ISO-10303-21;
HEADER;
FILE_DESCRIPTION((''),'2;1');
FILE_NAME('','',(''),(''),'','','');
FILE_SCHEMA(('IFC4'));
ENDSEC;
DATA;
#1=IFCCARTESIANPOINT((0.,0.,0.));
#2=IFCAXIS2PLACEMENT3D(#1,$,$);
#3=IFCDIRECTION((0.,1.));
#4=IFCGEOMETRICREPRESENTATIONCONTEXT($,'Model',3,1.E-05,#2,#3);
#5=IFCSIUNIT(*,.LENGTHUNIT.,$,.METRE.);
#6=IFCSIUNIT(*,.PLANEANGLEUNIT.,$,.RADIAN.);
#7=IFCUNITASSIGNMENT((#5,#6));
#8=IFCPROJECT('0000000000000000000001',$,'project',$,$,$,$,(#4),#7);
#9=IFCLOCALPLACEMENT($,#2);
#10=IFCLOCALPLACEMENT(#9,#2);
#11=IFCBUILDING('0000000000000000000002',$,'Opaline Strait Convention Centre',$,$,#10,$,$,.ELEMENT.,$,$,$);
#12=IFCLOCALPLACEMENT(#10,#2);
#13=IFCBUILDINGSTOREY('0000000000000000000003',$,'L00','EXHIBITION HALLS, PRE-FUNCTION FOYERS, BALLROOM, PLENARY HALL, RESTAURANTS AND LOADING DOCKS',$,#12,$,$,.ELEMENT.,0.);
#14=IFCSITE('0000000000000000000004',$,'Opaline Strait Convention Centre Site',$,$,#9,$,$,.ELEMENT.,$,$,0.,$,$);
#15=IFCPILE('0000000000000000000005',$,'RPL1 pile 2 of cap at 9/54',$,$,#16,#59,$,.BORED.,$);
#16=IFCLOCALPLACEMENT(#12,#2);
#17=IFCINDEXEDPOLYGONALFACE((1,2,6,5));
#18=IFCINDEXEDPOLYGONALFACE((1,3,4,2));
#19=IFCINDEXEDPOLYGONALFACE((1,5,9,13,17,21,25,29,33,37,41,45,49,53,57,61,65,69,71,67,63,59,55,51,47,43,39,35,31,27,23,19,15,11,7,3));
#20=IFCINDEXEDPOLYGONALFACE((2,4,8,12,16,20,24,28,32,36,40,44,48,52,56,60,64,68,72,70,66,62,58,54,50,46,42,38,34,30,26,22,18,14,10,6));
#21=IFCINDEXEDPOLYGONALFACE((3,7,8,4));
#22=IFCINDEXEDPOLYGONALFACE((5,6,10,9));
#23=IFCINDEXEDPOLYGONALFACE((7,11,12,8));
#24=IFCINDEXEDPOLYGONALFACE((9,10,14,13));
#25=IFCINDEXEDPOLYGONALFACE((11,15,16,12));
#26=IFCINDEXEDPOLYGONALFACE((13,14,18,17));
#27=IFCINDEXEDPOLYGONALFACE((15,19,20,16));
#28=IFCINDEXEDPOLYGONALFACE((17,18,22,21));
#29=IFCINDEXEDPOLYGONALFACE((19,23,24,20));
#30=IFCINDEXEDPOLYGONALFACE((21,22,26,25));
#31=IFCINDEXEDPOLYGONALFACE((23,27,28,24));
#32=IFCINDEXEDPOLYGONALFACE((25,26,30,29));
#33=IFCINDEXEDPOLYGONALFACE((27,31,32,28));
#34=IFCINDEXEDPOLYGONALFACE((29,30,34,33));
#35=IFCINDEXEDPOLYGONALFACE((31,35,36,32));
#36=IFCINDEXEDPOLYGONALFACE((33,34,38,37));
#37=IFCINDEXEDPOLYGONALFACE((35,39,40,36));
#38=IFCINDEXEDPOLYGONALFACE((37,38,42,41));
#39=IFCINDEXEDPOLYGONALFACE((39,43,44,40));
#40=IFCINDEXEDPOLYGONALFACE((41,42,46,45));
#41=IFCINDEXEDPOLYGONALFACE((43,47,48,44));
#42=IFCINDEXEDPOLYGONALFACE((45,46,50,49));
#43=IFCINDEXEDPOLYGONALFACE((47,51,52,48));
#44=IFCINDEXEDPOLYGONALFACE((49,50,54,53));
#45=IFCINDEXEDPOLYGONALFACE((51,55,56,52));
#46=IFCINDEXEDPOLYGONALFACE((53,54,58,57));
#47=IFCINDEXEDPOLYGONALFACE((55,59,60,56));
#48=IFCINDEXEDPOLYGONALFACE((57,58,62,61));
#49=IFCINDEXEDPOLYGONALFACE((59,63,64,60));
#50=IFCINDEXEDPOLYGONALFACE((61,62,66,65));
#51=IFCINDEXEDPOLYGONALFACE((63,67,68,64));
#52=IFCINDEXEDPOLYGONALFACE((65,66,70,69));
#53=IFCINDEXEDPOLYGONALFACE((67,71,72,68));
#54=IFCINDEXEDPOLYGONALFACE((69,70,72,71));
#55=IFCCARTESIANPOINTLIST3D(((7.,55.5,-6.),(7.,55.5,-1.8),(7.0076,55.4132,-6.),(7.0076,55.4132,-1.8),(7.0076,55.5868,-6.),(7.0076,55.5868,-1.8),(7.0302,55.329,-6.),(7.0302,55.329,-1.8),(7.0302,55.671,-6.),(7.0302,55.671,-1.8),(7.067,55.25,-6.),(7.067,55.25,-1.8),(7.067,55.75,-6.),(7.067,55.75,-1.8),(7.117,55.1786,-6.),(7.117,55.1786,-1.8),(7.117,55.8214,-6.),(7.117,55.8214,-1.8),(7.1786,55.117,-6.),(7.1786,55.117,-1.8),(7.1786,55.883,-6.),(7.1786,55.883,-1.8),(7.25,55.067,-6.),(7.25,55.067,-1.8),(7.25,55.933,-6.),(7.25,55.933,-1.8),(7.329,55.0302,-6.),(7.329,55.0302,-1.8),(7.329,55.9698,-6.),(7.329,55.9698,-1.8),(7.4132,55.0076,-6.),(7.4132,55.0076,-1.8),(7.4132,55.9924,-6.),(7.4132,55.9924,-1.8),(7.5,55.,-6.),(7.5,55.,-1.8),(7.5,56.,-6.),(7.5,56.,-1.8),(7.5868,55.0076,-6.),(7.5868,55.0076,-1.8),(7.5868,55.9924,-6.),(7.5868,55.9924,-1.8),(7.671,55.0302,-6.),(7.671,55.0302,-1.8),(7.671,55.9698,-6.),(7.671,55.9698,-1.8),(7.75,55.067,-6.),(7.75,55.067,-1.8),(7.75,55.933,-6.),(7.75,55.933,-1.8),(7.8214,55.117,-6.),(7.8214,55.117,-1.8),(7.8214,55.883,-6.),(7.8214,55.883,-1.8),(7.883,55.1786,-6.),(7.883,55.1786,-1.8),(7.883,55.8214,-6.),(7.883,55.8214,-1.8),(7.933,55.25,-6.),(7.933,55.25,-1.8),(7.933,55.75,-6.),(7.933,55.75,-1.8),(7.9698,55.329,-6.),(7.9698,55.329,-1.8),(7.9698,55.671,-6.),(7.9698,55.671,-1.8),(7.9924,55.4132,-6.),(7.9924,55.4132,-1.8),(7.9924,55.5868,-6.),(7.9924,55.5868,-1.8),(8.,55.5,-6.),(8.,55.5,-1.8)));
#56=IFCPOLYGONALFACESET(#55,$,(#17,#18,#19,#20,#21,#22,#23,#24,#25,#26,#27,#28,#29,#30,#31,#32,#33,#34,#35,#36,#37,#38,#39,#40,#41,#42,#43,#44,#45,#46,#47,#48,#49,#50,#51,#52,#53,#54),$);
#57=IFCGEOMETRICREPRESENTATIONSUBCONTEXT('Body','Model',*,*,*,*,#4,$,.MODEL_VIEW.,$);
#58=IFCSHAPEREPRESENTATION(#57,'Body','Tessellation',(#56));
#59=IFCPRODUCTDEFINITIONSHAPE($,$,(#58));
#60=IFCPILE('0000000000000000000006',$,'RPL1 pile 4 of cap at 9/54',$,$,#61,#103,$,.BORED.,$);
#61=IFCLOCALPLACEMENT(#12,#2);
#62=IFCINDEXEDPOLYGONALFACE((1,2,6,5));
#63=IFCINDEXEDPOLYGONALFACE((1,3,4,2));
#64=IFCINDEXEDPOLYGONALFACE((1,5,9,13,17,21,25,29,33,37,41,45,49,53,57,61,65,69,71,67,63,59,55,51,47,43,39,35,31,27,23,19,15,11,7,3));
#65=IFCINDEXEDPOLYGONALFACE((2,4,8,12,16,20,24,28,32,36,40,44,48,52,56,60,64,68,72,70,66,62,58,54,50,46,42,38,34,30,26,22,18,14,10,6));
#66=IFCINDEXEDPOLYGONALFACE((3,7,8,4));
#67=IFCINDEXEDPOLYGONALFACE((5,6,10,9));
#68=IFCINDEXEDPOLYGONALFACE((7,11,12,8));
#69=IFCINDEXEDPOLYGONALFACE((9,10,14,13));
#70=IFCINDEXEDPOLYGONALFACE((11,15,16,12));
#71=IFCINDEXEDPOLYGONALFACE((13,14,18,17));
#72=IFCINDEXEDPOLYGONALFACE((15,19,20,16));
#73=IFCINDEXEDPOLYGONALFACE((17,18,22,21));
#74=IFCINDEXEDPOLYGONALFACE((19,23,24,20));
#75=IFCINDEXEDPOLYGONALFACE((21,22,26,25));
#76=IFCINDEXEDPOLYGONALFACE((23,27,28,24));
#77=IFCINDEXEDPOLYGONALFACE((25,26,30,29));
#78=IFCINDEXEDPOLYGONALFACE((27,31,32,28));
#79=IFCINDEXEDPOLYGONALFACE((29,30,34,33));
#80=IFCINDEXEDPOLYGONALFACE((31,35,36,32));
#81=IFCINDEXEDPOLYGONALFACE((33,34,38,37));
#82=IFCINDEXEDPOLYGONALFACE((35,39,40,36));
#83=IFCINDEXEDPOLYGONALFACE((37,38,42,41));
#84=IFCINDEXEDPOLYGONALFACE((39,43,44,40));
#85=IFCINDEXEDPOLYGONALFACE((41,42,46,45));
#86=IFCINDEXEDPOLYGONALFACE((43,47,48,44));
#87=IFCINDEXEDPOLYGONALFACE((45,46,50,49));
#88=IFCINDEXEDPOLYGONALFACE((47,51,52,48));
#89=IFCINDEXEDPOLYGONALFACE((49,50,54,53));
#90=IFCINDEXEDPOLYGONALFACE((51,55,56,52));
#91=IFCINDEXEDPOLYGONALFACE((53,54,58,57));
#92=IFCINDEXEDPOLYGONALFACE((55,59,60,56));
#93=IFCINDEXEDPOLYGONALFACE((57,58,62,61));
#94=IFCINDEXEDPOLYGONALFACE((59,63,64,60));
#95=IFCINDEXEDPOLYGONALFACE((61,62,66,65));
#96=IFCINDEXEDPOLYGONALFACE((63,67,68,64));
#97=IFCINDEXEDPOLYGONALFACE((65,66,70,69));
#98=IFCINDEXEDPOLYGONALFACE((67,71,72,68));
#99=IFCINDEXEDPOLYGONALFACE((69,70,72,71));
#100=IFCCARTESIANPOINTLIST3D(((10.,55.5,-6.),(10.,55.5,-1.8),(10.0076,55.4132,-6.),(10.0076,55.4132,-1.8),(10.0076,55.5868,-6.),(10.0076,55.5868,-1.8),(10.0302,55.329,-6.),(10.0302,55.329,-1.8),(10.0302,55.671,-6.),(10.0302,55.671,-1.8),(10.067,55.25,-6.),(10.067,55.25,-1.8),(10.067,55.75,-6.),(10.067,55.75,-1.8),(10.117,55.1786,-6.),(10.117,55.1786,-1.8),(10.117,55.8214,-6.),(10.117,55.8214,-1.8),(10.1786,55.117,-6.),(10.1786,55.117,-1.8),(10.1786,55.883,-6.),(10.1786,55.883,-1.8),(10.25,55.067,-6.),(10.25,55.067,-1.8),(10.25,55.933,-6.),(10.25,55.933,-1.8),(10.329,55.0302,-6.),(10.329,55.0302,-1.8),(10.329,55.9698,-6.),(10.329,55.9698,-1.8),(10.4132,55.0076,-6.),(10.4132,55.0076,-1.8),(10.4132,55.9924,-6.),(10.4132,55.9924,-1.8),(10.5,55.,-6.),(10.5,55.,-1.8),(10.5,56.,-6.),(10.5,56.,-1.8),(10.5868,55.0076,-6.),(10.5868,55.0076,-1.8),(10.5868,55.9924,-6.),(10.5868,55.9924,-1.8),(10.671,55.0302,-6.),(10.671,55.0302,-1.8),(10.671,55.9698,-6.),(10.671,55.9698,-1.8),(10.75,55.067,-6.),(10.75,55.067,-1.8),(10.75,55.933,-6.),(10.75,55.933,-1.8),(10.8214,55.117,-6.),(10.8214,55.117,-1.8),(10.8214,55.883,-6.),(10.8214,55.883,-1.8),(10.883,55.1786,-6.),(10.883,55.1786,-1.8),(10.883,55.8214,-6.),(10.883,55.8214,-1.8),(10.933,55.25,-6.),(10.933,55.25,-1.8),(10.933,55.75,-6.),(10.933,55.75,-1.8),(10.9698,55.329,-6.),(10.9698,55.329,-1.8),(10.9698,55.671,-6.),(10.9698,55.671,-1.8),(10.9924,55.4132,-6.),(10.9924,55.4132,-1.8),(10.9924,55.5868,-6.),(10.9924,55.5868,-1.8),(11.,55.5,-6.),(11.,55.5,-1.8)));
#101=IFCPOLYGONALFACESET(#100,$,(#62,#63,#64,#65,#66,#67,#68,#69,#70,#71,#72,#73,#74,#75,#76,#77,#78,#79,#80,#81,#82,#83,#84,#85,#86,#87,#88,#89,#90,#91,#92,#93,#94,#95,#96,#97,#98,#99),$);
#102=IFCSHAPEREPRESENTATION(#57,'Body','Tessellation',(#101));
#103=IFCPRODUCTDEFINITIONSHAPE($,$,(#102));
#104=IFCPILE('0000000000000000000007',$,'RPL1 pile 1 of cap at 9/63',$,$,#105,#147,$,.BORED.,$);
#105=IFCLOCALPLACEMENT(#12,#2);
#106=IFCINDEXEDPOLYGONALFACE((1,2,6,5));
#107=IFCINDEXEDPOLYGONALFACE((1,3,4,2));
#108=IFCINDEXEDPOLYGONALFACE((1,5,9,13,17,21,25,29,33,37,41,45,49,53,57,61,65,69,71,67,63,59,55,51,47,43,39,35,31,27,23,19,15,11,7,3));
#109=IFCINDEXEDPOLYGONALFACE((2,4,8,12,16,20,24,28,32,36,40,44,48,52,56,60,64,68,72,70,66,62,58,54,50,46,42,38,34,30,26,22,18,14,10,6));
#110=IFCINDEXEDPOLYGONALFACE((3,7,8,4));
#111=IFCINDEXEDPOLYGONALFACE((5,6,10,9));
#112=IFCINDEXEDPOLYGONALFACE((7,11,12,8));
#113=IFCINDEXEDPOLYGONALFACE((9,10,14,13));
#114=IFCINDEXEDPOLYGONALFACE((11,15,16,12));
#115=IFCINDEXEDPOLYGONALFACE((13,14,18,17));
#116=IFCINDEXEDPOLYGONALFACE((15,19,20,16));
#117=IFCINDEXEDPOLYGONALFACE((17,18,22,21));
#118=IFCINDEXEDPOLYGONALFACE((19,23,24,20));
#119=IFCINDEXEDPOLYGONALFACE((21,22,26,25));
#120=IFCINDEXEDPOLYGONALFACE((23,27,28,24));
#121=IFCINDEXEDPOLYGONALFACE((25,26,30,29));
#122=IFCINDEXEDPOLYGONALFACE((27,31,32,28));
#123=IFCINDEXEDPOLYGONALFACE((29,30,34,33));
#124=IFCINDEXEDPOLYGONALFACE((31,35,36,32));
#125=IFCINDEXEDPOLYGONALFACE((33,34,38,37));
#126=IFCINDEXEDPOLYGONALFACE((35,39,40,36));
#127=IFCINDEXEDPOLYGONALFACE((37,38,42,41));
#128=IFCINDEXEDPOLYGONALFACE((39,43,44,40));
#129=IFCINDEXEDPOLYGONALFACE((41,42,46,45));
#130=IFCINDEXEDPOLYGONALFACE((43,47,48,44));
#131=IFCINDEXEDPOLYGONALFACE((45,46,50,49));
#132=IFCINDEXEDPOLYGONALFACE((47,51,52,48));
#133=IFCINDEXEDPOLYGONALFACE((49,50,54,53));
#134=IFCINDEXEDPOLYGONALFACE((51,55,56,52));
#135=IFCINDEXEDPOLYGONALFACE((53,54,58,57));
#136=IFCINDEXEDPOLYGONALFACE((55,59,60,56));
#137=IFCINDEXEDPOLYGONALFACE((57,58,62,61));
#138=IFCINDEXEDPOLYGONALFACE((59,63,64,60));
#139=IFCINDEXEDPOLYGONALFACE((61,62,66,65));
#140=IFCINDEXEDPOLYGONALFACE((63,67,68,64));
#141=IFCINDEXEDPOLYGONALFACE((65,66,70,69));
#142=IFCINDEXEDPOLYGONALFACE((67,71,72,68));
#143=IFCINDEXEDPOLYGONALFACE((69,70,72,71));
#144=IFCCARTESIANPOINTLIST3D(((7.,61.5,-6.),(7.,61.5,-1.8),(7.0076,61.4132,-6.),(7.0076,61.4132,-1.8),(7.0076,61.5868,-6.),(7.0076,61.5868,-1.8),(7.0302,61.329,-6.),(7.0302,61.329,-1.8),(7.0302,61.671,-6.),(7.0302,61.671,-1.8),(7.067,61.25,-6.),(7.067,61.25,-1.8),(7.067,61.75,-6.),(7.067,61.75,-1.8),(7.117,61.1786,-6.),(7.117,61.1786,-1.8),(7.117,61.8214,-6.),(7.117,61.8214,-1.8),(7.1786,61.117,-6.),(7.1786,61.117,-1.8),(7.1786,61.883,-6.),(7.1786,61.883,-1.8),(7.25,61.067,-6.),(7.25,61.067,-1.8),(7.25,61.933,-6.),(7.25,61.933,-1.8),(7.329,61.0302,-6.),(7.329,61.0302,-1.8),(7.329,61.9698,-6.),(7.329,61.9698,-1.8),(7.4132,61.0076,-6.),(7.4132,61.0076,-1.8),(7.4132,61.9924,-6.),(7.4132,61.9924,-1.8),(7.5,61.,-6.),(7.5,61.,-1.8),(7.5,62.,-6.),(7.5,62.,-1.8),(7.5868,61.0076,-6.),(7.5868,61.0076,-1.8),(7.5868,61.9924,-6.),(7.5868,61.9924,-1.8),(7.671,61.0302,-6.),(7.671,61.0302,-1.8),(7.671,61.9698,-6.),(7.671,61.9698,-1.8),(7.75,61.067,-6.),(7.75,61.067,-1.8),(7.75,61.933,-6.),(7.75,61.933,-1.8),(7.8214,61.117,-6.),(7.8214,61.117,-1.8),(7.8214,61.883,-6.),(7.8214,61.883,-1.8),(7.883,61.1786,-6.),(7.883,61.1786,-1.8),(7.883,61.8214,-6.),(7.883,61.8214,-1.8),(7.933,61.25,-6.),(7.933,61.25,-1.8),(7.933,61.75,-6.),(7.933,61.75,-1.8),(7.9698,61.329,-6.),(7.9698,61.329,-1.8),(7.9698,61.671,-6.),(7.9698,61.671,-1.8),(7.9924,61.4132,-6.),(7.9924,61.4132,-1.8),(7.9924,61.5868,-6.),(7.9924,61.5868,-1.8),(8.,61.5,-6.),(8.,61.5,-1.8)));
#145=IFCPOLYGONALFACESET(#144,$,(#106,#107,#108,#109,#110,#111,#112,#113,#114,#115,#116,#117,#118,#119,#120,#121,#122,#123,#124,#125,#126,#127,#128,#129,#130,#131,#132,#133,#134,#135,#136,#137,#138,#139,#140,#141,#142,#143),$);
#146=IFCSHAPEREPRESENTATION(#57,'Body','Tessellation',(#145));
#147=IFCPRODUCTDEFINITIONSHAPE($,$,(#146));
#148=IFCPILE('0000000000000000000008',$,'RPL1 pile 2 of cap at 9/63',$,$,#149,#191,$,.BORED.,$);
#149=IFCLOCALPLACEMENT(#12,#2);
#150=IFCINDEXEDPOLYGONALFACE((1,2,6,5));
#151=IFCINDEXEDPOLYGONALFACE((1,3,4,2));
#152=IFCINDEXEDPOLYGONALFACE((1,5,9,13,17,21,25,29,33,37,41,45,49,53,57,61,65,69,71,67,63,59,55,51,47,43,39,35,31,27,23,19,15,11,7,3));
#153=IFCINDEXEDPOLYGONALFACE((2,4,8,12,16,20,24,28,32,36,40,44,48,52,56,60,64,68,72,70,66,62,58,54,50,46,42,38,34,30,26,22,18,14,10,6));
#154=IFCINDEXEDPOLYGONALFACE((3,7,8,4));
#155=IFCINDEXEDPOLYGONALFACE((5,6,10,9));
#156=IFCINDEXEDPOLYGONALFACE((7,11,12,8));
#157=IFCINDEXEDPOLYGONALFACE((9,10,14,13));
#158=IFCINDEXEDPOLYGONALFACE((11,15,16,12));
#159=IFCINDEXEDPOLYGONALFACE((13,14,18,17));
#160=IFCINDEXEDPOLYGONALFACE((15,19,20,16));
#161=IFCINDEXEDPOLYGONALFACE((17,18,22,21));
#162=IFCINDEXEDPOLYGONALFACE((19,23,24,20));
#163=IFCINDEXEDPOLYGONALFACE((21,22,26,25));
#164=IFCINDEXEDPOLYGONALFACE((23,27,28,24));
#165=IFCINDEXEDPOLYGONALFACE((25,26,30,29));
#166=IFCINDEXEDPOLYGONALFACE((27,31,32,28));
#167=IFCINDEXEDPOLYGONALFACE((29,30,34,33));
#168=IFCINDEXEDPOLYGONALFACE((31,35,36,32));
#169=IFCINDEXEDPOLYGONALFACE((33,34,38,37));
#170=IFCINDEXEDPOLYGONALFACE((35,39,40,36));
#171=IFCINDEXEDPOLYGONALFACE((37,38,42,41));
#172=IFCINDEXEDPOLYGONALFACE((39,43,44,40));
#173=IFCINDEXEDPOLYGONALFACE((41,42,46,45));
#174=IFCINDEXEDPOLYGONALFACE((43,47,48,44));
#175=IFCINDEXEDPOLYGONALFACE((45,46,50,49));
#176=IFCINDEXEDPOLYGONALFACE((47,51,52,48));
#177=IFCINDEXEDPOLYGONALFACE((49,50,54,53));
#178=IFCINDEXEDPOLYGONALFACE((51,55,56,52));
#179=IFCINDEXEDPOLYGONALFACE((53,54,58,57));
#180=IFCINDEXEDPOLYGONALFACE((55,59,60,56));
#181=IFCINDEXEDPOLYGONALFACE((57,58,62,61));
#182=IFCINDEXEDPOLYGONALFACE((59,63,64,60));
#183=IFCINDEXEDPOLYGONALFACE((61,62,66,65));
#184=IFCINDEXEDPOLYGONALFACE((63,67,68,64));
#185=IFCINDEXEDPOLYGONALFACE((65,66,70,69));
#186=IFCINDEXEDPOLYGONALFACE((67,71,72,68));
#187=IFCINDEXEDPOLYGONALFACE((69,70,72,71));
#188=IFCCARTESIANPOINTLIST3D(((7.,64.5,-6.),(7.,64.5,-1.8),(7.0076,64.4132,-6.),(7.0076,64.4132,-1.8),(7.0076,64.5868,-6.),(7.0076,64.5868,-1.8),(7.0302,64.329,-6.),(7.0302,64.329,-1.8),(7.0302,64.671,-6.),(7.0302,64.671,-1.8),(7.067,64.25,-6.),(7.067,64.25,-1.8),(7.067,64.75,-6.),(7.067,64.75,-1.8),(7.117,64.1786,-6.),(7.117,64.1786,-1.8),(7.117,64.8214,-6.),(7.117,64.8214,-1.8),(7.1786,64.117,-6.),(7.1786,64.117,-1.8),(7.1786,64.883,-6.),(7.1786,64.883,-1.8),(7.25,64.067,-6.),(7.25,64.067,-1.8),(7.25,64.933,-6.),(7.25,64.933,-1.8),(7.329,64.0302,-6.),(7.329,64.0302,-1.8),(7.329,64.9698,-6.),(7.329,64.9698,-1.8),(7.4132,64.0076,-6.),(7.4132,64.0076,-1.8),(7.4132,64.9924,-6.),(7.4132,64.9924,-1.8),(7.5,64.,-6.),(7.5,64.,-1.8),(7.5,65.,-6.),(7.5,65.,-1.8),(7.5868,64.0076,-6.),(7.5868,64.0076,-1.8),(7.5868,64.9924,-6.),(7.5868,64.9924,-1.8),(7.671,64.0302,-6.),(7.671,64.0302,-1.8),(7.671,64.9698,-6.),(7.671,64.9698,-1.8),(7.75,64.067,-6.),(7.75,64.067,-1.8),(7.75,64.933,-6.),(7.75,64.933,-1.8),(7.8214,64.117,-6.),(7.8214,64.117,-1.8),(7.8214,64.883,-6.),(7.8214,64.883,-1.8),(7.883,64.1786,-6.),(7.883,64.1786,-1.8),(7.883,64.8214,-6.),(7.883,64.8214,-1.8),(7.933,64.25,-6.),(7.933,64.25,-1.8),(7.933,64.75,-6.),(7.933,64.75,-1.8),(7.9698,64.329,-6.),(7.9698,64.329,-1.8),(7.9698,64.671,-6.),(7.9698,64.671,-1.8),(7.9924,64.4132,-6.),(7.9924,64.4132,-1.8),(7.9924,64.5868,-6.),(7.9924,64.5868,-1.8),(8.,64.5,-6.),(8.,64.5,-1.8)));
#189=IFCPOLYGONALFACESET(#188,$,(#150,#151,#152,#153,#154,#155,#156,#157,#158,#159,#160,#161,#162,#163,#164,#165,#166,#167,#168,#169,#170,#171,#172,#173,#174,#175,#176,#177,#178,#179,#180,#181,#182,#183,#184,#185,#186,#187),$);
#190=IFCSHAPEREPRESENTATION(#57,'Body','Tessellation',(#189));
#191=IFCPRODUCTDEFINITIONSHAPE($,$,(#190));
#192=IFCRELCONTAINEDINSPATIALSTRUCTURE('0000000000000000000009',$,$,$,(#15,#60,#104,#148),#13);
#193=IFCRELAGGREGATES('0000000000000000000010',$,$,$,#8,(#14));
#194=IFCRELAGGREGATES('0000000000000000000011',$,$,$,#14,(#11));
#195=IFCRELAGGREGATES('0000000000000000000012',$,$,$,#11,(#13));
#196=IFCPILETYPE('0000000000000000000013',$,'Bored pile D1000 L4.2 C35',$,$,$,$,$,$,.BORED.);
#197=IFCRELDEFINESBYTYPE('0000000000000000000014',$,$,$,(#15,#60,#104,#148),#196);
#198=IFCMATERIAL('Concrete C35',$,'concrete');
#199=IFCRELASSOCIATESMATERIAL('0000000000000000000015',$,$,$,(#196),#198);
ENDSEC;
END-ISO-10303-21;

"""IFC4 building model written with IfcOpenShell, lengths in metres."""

from ifc_helpers import new_model, si_unit, direction, frame, origin, origin_2d, place, context, subcontext, project, spatial, circle, extrude, material, material_profile, profile_set, type_object, element, save


model = new_model("IFC4")

# Units and contexts
model_context = context("Model", 3, precision=1e-05, world=origin(), true_north=direction((0.0, 1.0)))
body_context = subcontext(model_context, "Body", "Model", "MODEL_VIEW")
ifc_project = project(units=[si_unit("LENGTHUNIT", "METRE"), si_unit("PLANEANGLEUNIT", "RADIAN")], contexts=[model_context])

# Site, building, storey
site_placement = place(None, origin())
site = spatial("IfcSite", under=ifc_project, at=site_placement, Name="Opaline Strait Convention Centre Site", CompositionType="ELEMENT", RefElevation=0.0)
building_placement = place(site_placement, origin())
building = spatial("IfcBuilding", under=site, at=building_placement, Name="Opaline Strait Convention Centre", CompositionType="ELEMENT")
storey_placement = place(building_placement, origin())
storey = spatial("IfcBuildingStorey", under=building, at=storey_placement, Name="L00", Description="EXHIBITION HALLS, PRE-FUNCTION FOYERS, BALLROOM, PLENARY HALL, RESTAURANTS AND LOADING DOCKS", CompositionType="ELEMENT", Elevation=0.0)

# Piles
ifc_material_1 = material(Name="Concrete C35", Category="concrete")
ifc_material_profile_1 = material_profile(ifc_material_1, circle(Radius=0.5, at=origin_2d()), Name="D1000")
ifc_profile_set_1 = profile_set([ifc_material_profile_1], Name="Concrete C35")
pile_type = type_object("IfcPileType", Name="Bored pile D1000 L4.2 C35", PredefinedType="BORED", material=ifc_profile_set_1)
for number, where, z_axis, x_axis, name in (
    (1, (7.5, 55.5, -1.8), (0.0, 0.0, -1.0), (1.0, 0.0, 0.0), "RPL1 pile 2 of cap at 9/54"),
    (2, (10.5, 55.5, -1.8), (0.0, 0.0, -1.0), (1.0, 0.0, 0.0), "RPL1 pile 4 of cap at 9/54"),
    (3, (7.5, 61.5, -1.8), (0.0, 0.0, -1.0), (1.0, 0.0, 0.0), "RPL1 pile 1 of cap at 9/63"),
    (4, (7.5, 64.5, -1.8), (0.0, 0.0, -1.0), (1.0, 0.0, 0.0), "RPL1 pile 2 of cap at 9/63"),
):
    element("IfcPile", number, at=place(storey_placement, frame(where, z_axis=z_axis, x_axis=x_axis)), inside=storey, type_object=pile_type, Name=name, PredefinedType="BORED", context=body_context, shape_type="SweptSolid", body=[
        extrude(circle(Radius=0.5, at=origin_2d()), origin(), (0.0, 0.0, 1.0), 4.2),
    ])

save(model, "model.ifc")
